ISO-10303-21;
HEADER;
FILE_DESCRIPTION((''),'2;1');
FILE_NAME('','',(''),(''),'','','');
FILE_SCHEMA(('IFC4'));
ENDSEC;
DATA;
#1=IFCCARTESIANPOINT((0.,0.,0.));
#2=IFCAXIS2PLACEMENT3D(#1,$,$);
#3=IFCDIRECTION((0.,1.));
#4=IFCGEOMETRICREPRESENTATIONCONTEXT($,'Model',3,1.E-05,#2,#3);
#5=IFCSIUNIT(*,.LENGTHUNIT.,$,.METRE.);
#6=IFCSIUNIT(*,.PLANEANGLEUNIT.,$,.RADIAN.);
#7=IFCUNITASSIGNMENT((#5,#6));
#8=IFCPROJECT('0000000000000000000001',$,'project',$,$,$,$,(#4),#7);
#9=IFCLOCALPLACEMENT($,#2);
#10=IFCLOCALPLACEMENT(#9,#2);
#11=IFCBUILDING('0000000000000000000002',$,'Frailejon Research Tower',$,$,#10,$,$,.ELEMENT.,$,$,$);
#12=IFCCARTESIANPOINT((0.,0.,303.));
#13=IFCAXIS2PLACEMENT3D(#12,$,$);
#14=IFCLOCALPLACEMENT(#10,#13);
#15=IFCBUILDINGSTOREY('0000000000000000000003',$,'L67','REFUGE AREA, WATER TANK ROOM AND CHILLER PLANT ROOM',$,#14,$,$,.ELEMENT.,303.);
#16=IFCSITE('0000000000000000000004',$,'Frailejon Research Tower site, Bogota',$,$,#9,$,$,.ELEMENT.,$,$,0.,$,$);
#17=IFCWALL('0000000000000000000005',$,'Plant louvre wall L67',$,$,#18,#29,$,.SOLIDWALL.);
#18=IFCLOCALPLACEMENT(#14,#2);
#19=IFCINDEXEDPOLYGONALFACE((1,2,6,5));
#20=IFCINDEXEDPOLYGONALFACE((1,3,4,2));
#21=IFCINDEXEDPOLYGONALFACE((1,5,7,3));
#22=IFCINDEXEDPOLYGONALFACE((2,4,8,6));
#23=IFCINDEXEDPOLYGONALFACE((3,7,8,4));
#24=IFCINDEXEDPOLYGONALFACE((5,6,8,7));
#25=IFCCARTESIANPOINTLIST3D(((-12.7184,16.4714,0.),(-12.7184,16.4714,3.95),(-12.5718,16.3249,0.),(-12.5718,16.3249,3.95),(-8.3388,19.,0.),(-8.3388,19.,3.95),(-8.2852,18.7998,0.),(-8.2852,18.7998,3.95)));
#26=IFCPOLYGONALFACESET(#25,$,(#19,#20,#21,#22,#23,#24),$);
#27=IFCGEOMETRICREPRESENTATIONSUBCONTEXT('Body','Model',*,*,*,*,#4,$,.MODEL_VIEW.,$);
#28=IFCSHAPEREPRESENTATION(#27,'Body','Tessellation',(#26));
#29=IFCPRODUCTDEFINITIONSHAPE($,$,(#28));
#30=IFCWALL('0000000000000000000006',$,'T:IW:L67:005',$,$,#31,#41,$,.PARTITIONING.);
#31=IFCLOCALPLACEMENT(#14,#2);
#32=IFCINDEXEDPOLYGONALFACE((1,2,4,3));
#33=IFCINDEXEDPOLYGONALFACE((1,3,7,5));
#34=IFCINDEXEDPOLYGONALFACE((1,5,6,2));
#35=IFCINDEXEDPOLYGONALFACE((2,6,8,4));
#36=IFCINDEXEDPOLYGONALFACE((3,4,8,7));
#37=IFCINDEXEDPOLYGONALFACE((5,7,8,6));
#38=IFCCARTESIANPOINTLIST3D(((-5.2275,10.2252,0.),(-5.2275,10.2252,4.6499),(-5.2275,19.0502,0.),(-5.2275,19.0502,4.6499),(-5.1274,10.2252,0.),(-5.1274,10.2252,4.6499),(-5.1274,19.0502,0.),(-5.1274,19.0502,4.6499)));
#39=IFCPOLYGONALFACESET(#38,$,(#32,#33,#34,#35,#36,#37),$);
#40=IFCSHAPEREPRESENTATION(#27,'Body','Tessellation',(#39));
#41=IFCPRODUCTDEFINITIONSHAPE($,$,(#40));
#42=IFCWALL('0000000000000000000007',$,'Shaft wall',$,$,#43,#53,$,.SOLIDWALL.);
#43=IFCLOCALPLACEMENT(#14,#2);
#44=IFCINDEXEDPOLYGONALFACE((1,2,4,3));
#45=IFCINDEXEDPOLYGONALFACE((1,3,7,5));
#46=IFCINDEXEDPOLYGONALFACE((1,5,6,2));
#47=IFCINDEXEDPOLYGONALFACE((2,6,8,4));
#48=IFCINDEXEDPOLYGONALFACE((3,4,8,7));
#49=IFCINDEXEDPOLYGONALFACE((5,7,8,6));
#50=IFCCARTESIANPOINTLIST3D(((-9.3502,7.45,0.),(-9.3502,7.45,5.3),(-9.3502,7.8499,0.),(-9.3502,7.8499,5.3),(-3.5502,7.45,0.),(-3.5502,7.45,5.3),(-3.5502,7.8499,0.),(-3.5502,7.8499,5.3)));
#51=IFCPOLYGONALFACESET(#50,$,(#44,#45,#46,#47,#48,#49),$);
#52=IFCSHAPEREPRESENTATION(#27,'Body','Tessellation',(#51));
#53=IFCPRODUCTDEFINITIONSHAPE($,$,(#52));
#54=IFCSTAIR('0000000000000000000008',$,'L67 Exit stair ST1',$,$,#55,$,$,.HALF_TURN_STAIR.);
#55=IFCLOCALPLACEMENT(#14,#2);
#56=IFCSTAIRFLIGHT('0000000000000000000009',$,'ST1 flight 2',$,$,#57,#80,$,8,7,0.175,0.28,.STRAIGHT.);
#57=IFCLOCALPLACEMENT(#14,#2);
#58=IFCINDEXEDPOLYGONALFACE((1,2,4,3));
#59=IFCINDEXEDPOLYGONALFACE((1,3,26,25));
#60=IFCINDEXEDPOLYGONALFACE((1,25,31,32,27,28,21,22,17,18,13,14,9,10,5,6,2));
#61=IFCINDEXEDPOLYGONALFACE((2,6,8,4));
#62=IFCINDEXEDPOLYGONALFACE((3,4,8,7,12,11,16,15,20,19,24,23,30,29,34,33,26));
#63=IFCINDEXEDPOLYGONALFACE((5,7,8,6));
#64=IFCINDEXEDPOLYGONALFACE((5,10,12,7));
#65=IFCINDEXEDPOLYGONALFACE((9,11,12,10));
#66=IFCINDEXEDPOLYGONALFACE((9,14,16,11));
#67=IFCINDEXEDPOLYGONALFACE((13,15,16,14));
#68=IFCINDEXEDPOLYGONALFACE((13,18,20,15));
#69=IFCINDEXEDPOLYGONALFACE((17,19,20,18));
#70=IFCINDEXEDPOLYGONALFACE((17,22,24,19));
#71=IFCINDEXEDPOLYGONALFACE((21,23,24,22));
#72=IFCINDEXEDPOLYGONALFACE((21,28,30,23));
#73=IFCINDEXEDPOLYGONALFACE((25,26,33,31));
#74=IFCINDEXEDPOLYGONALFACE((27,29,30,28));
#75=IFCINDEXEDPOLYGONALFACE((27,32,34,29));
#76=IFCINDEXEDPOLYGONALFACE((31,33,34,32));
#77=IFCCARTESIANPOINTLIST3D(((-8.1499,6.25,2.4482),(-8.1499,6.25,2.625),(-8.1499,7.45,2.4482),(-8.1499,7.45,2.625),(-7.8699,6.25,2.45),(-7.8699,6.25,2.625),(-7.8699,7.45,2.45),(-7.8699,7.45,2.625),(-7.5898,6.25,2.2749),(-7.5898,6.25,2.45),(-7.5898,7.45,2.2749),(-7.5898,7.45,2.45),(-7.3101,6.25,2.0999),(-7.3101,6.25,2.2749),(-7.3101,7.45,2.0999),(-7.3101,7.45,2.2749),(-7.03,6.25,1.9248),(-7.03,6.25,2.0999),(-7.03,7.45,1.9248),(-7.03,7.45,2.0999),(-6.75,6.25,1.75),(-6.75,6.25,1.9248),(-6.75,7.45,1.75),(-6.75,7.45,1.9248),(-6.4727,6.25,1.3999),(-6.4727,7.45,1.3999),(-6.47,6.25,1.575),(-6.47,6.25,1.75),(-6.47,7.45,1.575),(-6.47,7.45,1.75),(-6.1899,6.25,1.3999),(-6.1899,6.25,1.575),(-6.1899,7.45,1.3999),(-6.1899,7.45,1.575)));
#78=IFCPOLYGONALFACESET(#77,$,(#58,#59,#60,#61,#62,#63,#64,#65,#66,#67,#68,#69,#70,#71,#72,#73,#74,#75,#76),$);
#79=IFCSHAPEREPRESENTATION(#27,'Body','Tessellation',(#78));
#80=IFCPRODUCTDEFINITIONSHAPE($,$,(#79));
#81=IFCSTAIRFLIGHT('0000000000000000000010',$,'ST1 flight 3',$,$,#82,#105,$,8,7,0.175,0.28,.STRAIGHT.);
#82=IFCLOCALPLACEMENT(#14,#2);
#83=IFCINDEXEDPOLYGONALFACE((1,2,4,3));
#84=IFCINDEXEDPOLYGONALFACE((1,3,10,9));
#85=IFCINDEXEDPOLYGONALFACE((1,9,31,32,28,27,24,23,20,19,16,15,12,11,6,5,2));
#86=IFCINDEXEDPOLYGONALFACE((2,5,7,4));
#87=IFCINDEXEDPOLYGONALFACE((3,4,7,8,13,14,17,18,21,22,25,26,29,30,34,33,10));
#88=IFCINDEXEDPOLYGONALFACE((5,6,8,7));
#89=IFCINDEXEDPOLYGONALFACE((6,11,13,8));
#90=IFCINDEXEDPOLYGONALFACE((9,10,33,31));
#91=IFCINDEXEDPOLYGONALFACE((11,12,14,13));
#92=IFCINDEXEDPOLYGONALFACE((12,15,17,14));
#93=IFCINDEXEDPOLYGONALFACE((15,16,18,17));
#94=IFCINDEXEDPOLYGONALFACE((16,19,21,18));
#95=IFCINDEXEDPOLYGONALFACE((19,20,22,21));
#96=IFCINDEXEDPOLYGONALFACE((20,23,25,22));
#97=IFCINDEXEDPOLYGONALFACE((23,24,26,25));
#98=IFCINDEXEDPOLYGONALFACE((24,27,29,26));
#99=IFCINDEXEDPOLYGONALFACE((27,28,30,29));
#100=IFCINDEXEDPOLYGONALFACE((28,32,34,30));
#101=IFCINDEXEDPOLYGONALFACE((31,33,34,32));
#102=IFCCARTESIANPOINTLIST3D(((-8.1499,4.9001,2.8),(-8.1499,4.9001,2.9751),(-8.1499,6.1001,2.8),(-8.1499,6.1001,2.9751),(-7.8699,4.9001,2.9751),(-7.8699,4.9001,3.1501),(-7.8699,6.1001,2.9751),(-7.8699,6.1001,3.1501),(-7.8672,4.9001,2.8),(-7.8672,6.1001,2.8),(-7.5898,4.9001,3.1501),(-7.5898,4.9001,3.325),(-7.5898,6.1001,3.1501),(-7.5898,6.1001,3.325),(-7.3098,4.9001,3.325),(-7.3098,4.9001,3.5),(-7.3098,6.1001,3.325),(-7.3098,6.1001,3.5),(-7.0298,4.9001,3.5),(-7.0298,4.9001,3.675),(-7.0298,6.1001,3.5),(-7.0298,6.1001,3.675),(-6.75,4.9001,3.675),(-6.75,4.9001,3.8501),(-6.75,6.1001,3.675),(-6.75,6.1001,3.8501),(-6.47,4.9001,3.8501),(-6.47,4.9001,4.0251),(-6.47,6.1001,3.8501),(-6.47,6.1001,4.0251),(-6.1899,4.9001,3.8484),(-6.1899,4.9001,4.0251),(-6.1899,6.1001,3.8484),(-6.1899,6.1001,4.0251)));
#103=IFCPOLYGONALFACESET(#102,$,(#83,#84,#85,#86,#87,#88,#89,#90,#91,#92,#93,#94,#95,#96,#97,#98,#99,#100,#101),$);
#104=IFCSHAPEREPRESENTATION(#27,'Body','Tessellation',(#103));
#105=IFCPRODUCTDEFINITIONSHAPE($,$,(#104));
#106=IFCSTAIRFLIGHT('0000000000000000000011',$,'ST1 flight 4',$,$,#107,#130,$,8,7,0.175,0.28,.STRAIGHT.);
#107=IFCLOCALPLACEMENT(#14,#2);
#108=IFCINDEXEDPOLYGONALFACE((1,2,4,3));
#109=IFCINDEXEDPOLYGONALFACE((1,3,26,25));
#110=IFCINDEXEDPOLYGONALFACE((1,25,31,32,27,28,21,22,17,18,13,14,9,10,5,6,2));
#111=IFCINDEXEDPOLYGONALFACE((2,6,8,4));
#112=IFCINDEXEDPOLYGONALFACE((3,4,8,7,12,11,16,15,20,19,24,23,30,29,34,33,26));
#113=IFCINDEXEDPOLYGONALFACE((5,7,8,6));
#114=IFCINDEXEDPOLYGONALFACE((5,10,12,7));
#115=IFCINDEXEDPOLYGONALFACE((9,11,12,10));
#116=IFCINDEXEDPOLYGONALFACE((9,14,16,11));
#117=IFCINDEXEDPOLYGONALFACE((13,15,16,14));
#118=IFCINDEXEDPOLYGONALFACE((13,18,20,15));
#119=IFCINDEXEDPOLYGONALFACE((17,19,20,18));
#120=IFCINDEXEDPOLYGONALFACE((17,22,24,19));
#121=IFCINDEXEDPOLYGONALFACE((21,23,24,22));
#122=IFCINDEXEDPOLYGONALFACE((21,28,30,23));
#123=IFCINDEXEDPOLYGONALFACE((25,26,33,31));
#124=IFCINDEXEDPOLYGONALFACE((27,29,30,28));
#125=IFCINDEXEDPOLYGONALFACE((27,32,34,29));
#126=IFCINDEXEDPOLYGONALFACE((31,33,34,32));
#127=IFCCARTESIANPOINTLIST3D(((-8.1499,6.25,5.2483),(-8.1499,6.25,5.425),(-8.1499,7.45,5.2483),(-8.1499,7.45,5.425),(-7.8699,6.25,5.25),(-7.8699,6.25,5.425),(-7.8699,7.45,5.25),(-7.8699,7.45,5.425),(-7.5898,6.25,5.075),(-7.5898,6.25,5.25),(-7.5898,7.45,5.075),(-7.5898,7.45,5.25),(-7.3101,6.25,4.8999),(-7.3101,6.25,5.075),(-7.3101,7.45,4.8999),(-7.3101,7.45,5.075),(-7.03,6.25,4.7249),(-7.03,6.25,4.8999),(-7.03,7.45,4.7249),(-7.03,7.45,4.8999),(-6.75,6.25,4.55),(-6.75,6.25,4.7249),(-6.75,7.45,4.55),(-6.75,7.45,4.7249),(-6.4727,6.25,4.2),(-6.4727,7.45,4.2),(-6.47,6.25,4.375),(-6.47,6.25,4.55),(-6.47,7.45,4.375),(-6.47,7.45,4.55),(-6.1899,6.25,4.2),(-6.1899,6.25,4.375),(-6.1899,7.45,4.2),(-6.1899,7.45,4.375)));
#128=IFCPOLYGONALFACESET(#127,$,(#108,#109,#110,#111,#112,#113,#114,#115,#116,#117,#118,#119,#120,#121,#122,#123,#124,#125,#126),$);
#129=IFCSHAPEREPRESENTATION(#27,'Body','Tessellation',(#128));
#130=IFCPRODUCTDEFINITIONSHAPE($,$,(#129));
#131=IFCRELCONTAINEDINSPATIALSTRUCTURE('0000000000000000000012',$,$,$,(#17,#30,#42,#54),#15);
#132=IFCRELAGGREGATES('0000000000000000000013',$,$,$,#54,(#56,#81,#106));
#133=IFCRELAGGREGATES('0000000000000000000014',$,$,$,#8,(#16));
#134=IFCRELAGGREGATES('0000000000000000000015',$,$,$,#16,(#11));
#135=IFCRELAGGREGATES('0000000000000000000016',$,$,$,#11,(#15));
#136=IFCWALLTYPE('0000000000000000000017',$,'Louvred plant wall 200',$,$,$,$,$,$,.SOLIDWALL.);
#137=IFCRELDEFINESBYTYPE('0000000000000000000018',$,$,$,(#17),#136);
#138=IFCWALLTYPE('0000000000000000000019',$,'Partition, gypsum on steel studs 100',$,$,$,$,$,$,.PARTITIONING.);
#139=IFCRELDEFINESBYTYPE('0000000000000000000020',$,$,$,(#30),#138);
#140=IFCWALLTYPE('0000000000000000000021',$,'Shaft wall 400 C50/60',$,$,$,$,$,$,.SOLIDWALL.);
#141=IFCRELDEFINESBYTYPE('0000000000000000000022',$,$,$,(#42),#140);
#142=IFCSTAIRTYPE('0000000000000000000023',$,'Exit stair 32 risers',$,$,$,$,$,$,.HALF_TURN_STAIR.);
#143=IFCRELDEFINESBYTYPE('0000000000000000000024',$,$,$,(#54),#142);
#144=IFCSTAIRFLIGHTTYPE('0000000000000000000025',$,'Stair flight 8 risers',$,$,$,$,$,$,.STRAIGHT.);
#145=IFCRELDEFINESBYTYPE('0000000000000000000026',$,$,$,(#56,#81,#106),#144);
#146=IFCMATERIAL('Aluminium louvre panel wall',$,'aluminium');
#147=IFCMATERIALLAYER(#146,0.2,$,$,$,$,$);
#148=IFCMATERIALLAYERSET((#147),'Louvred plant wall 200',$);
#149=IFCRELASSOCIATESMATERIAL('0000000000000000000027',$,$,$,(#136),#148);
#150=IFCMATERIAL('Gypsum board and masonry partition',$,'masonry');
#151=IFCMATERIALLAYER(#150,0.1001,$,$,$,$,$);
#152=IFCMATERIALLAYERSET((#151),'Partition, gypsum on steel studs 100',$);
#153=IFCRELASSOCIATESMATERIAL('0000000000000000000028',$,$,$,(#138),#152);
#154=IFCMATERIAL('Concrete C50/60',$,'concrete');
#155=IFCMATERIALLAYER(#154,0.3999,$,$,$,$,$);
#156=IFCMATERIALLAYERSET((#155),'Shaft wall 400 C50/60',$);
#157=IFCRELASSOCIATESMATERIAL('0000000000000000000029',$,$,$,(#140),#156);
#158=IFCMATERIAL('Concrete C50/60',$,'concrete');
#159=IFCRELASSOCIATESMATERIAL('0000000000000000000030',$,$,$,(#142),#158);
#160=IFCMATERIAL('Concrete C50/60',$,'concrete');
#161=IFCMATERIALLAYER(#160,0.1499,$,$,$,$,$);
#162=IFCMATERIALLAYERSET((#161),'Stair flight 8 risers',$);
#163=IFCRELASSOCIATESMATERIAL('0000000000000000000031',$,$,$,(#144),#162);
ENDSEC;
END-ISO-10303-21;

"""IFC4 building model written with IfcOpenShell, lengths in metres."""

from ifc_helpers import new_model, si_unit, direction, frame, frame_2d, origin, place, context, subcontext, project, spatial, polyline, rectangle, outline, extrude, material, layer, layer_set, type_object, element, aggregate, save


model = new_model("IFC4")

# Units and contexts
model_context = context("Model", 3, precision=1e-05, world=origin(), true_north=direction((0.0, 1.0)))
body_context = subcontext(model_context, "Body", "Model", "MODEL_VIEW")
ifc_project = project(units=[si_unit("LENGTHUNIT", "METRE"), si_unit("PLANEANGLEUNIT", "RADIAN")], contexts=[model_context])

# Site, building, storey
site_placement = place(None, origin())
site = spatial("IfcSite", under=ifc_project, at=site_placement, Name="Frailejon Research Tower site, Bogota", CompositionType="ELEMENT", RefElevation=0.0)
building_placement = place(site_placement, origin())
building = spatial("IfcBuilding", under=site, at=building_placement, Name="Frailejon Research Tower", CompositionType="ELEMENT")
storey_placement = place(building_placement, frame((0.0, 0.0, 303.0)))
storey = spatial("IfcBuildingStorey", under=building, at=storey_placement, Name="L67", Description="REFUGE AREA, WATER TANK ROOM AND CHILLER PLANT ROOM", CompositionType="ELEMENT", Elevation=303.0)

# Walls
ifc_material_1 = material(Name="Aluminium louvre panel wall", Category="aluminium")
ifc_layer_1 = layer(ifc_material_1, 0.2)
ifc_layer_set_1 = layer_set([ifc_layer_1], Name="Louvred plant wall 200")
wall_type_1 = type_object("IfcWallType", Name="Louvred plant wall 200", PredefinedType="SOLIDWALL", material=ifc_layer_set_1)
wall_1_placement = place(storey_placement, frame((-8.312, 18.8999, 0.0), z_axis=(0.0, 0.0, 1.0), x_axis=(-0.866021, -0.500007, 0.0)))
element("IfcWall", 1, at=wall_1_placement, inside=storey, type_object=wall_type_1, Name="Plant louvre wall L67", PredefinedType="SOLIDWALL", context=body_context, shape_type="SweptSolid", body=[
    extrude(outline(polyline([(-0.0269, -0.1001), (5.0303, -0.1001), (4.9766, 0.1001), (0.0269, 0.1001), (-0.0269, -0.1001)])), origin(), (0.0, 0.0, 1.0), 3.95),
])
ifc_material_2 = material(Name="Gypsum board and masonry partition", Category="masonry")
ifc_layer_2 = layer(ifc_material_2, 0.1001)
ifc_layer_set_2 = layer_set([ifc_layer_2], Name="Partition, gypsum on steel studs 100")
wall_type_2 = type_object("IfcWallType", Name="Partition, gypsum on steel studs 100", PredefinedType="PARTITIONING", material=ifc_layer_set_2)
wall_2_placement = place(storey_placement, frame((-5.1775, 10.2251, 0.0), z_axis=(0.0, 0.0, 1.0), x_axis=(0.0, 1.0, 0.0)))
element("IfcWall", 2, at=wall_2_placement, inside=storey, type_object=wall_type_2, Name="T:IW:L67:005", PredefinedType="PARTITIONING", context=body_context, shape_type="SweptSolid", body=[
    extrude(rectangle(XDim=8.825, YDim=0.1001, at=frame_2d((4.4126, 0.0))), origin(), (0.0, 0.0, 1.0), 4.6499),
])
ifc_material_3 = material(Name="Concrete C50/60", Category="concrete")
ifc_layer_3 = layer(ifc_material_3, 0.3999)
ifc_layer_set_3 = layer_set([ifc_layer_3], Name="Shaft wall 400 C50/60")
wall_type_3 = type_object("IfcWallType", Name="Shaft wall 400 C50/60", PredefinedType="SOLIDWALL", material=ifc_layer_set_3)
wall_3_placement = place(storey_placement, frame((-9.3501, 7.6499, 0.0), z_axis=(0.0, 0.0, 1.0), x_axis=(1.0, 0.0, 0.0)))
element("IfcWall", 3, at=wall_3_placement, inside=storey, type_object=wall_type_3, Name="Shaft wall", PredefinedType="SOLIDWALL", context=body_context, shape_type="SweptSolid", body=[
    extrude(rectangle(XDim=5.8, YDim=0.3999, at=frame_2d((2.8999, 0.0))), origin(), (0.0, 0.0, 1.0), 5.3),
])

# Stair, stair flights
ifc_material_4 = material(Name="Concrete C50/60", Category="concrete")
stair_type = type_object("IfcStairType", Name="Exit stair 32 risers", PredefinedType="HALF_TURN_STAIR", material=ifc_material_4)
stair_placement = place(storey_placement, origin())
stair = element("IfcStair", 4, at=stair_placement, inside=storey, type_object=stair_type, Name="L67 Exit stair ST1", PredefinedType="HALF_TURN_STAIR")
ifc_material_5 = material(Name="Concrete C50/60", Category="concrete")
ifc_layer_4 = layer(ifc_material_5, 0.1499)
ifc_layer_set_4 = layer_set([ifc_layer_4], Name="Stair flight 8 risers")
stair_flight_type = type_object("IfcStairFlightType", Name="Stair flight 8 risers", PredefinedType="STRAIGHT", material=ifc_layer_set_4)
stair_flight_1_placement = place(storey_placement, frame((-6.1899, 6.8501, 1.3999), z_axis=(0.0, 0.0, 1.0), x_axis=(-1.0, 0.0, 0.0)))
stair_flight_1 = element("IfcStairFlight", 5, at=stair_flight_1_placement, type_object=stair_flight_type, Name="ST1 flight 2", NumberOfRisers=8, NumberOfTreads=7, PredefinedType="STRAIGHT", RiserHeight=0.175, TreadLength=0.28, context=body_context, shape_type="SweptSolid", body=[
    extrude(outline(polyline([(0.0, 0.0), (0.0, 0.175), (0.28, 0.175), (0.28, 0.3501), (0.5601, 0.3501), (0.5601, 0.5249), (0.8401, 0.5249), (0.8401, 0.7), (1.1201, 0.7), (1.1201, 0.875), (1.3999, 0.875), (1.3999, 1.05), (1.6799, 1.05), (1.6799, 1.2251), (1.96, 1.2251), (1.96, 1.3999), (1.96, 1.0483), (0.2827, 0.0), (0.0, 0.0)])), frame((0.0, 0.6001, 0.0), z_axis=(0.0, -1.0, 0.0), x_axis=(1.0, 0.0, 0.0)), (0.0, 0.0, 1.0), 1.2),
])
stair_flight_2_placement = place(storey_placement, frame((-8.1499, 5.5, 2.8), z_axis=(0.0, 0.0, 1.0), x_axis=(1.0, 0.0, 0.0)))
stair_flight_2 = element("IfcStairFlight", 6, at=stair_flight_2_placement, type_object=stair_flight_type, Name="ST1 flight 3", NumberOfRisers=8, NumberOfTreads=7, PredefinedType="STRAIGHT", RiserHeight=0.175, TreadLength=0.28, context=body_context, shape_type="SweptSolid", body=[
    extrude(outline(polyline([(0.0, 0.0), (0.0, 0.175), (0.28, 0.175), (0.28, 0.3501), (0.5601, 0.3501), (0.5601, 0.5249), (0.8401, 0.5249), (0.8401, 0.7), (1.1201, 0.7), (1.1201, 0.875), (1.3999, 0.875), (1.3999, 1.05), (1.6799, 1.05), (1.6799, 1.2251), (1.96, 1.2251), (1.96, 1.3999), (1.96, 1.0483), (0.2827, 0.0), (0.0, 0.0)])), frame((0.0, 0.6001, 0.0), z_axis=(0.0, -1.0, 0.0), x_axis=(1.0, 0.0, 0.0)), (0.0, 0.0, 1.0), 1.2),
])
stair_flight_3_placement = place(storey_placement, frame((-6.1899, 6.8501, 4.2), z_axis=(0.0, 0.0, 1.0), x_axis=(-1.0, 0.0, 0.0)))
stair_flight_3 = element("IfcStairFlight", 7, at=stair_flight_3_placement, type_object=stair_flight_type, Name="ST1 flight 4", NumberOfRisers=8, NumberOfTreads=7, PredefinedType="STRAIGHT", RiserHeight=0.175, TreadLength=0.28, context=body_context, shape_type="SweptSolid", body=[
    extrude(outline(polyline([(0.0, 0.0), (0.0, 0.175), (0.28, 0.175), (0.28, 0.3501), (0.5601, 0.3501), (0.5601, 0.5249), (0.8401, 0.5249), (0.8401, 0.7), (1.1201, 0.7), (1.1201, 0.875), (1.3999, 0.875), (1.3999, 1.05), (1.6799, 1.05), (1.6799, 1.2251), (1.96, 1.2251), (1.96, 1.3999), (1.96, 1.0483), (0.2827, 0.0), (0.0, 0.0)])), frame((0.0, 0.6001, 0.0), z_axis=(0.0, -1.0, 0.0), x_axis=(1.0, 0.0, 0.0)), (0.0, 0.0, 1.0), 1.2),
])
aggregate(stair, [stair_flight_1, stair_flight_2, stair_flight_3])

save(model, "model.ifc")
